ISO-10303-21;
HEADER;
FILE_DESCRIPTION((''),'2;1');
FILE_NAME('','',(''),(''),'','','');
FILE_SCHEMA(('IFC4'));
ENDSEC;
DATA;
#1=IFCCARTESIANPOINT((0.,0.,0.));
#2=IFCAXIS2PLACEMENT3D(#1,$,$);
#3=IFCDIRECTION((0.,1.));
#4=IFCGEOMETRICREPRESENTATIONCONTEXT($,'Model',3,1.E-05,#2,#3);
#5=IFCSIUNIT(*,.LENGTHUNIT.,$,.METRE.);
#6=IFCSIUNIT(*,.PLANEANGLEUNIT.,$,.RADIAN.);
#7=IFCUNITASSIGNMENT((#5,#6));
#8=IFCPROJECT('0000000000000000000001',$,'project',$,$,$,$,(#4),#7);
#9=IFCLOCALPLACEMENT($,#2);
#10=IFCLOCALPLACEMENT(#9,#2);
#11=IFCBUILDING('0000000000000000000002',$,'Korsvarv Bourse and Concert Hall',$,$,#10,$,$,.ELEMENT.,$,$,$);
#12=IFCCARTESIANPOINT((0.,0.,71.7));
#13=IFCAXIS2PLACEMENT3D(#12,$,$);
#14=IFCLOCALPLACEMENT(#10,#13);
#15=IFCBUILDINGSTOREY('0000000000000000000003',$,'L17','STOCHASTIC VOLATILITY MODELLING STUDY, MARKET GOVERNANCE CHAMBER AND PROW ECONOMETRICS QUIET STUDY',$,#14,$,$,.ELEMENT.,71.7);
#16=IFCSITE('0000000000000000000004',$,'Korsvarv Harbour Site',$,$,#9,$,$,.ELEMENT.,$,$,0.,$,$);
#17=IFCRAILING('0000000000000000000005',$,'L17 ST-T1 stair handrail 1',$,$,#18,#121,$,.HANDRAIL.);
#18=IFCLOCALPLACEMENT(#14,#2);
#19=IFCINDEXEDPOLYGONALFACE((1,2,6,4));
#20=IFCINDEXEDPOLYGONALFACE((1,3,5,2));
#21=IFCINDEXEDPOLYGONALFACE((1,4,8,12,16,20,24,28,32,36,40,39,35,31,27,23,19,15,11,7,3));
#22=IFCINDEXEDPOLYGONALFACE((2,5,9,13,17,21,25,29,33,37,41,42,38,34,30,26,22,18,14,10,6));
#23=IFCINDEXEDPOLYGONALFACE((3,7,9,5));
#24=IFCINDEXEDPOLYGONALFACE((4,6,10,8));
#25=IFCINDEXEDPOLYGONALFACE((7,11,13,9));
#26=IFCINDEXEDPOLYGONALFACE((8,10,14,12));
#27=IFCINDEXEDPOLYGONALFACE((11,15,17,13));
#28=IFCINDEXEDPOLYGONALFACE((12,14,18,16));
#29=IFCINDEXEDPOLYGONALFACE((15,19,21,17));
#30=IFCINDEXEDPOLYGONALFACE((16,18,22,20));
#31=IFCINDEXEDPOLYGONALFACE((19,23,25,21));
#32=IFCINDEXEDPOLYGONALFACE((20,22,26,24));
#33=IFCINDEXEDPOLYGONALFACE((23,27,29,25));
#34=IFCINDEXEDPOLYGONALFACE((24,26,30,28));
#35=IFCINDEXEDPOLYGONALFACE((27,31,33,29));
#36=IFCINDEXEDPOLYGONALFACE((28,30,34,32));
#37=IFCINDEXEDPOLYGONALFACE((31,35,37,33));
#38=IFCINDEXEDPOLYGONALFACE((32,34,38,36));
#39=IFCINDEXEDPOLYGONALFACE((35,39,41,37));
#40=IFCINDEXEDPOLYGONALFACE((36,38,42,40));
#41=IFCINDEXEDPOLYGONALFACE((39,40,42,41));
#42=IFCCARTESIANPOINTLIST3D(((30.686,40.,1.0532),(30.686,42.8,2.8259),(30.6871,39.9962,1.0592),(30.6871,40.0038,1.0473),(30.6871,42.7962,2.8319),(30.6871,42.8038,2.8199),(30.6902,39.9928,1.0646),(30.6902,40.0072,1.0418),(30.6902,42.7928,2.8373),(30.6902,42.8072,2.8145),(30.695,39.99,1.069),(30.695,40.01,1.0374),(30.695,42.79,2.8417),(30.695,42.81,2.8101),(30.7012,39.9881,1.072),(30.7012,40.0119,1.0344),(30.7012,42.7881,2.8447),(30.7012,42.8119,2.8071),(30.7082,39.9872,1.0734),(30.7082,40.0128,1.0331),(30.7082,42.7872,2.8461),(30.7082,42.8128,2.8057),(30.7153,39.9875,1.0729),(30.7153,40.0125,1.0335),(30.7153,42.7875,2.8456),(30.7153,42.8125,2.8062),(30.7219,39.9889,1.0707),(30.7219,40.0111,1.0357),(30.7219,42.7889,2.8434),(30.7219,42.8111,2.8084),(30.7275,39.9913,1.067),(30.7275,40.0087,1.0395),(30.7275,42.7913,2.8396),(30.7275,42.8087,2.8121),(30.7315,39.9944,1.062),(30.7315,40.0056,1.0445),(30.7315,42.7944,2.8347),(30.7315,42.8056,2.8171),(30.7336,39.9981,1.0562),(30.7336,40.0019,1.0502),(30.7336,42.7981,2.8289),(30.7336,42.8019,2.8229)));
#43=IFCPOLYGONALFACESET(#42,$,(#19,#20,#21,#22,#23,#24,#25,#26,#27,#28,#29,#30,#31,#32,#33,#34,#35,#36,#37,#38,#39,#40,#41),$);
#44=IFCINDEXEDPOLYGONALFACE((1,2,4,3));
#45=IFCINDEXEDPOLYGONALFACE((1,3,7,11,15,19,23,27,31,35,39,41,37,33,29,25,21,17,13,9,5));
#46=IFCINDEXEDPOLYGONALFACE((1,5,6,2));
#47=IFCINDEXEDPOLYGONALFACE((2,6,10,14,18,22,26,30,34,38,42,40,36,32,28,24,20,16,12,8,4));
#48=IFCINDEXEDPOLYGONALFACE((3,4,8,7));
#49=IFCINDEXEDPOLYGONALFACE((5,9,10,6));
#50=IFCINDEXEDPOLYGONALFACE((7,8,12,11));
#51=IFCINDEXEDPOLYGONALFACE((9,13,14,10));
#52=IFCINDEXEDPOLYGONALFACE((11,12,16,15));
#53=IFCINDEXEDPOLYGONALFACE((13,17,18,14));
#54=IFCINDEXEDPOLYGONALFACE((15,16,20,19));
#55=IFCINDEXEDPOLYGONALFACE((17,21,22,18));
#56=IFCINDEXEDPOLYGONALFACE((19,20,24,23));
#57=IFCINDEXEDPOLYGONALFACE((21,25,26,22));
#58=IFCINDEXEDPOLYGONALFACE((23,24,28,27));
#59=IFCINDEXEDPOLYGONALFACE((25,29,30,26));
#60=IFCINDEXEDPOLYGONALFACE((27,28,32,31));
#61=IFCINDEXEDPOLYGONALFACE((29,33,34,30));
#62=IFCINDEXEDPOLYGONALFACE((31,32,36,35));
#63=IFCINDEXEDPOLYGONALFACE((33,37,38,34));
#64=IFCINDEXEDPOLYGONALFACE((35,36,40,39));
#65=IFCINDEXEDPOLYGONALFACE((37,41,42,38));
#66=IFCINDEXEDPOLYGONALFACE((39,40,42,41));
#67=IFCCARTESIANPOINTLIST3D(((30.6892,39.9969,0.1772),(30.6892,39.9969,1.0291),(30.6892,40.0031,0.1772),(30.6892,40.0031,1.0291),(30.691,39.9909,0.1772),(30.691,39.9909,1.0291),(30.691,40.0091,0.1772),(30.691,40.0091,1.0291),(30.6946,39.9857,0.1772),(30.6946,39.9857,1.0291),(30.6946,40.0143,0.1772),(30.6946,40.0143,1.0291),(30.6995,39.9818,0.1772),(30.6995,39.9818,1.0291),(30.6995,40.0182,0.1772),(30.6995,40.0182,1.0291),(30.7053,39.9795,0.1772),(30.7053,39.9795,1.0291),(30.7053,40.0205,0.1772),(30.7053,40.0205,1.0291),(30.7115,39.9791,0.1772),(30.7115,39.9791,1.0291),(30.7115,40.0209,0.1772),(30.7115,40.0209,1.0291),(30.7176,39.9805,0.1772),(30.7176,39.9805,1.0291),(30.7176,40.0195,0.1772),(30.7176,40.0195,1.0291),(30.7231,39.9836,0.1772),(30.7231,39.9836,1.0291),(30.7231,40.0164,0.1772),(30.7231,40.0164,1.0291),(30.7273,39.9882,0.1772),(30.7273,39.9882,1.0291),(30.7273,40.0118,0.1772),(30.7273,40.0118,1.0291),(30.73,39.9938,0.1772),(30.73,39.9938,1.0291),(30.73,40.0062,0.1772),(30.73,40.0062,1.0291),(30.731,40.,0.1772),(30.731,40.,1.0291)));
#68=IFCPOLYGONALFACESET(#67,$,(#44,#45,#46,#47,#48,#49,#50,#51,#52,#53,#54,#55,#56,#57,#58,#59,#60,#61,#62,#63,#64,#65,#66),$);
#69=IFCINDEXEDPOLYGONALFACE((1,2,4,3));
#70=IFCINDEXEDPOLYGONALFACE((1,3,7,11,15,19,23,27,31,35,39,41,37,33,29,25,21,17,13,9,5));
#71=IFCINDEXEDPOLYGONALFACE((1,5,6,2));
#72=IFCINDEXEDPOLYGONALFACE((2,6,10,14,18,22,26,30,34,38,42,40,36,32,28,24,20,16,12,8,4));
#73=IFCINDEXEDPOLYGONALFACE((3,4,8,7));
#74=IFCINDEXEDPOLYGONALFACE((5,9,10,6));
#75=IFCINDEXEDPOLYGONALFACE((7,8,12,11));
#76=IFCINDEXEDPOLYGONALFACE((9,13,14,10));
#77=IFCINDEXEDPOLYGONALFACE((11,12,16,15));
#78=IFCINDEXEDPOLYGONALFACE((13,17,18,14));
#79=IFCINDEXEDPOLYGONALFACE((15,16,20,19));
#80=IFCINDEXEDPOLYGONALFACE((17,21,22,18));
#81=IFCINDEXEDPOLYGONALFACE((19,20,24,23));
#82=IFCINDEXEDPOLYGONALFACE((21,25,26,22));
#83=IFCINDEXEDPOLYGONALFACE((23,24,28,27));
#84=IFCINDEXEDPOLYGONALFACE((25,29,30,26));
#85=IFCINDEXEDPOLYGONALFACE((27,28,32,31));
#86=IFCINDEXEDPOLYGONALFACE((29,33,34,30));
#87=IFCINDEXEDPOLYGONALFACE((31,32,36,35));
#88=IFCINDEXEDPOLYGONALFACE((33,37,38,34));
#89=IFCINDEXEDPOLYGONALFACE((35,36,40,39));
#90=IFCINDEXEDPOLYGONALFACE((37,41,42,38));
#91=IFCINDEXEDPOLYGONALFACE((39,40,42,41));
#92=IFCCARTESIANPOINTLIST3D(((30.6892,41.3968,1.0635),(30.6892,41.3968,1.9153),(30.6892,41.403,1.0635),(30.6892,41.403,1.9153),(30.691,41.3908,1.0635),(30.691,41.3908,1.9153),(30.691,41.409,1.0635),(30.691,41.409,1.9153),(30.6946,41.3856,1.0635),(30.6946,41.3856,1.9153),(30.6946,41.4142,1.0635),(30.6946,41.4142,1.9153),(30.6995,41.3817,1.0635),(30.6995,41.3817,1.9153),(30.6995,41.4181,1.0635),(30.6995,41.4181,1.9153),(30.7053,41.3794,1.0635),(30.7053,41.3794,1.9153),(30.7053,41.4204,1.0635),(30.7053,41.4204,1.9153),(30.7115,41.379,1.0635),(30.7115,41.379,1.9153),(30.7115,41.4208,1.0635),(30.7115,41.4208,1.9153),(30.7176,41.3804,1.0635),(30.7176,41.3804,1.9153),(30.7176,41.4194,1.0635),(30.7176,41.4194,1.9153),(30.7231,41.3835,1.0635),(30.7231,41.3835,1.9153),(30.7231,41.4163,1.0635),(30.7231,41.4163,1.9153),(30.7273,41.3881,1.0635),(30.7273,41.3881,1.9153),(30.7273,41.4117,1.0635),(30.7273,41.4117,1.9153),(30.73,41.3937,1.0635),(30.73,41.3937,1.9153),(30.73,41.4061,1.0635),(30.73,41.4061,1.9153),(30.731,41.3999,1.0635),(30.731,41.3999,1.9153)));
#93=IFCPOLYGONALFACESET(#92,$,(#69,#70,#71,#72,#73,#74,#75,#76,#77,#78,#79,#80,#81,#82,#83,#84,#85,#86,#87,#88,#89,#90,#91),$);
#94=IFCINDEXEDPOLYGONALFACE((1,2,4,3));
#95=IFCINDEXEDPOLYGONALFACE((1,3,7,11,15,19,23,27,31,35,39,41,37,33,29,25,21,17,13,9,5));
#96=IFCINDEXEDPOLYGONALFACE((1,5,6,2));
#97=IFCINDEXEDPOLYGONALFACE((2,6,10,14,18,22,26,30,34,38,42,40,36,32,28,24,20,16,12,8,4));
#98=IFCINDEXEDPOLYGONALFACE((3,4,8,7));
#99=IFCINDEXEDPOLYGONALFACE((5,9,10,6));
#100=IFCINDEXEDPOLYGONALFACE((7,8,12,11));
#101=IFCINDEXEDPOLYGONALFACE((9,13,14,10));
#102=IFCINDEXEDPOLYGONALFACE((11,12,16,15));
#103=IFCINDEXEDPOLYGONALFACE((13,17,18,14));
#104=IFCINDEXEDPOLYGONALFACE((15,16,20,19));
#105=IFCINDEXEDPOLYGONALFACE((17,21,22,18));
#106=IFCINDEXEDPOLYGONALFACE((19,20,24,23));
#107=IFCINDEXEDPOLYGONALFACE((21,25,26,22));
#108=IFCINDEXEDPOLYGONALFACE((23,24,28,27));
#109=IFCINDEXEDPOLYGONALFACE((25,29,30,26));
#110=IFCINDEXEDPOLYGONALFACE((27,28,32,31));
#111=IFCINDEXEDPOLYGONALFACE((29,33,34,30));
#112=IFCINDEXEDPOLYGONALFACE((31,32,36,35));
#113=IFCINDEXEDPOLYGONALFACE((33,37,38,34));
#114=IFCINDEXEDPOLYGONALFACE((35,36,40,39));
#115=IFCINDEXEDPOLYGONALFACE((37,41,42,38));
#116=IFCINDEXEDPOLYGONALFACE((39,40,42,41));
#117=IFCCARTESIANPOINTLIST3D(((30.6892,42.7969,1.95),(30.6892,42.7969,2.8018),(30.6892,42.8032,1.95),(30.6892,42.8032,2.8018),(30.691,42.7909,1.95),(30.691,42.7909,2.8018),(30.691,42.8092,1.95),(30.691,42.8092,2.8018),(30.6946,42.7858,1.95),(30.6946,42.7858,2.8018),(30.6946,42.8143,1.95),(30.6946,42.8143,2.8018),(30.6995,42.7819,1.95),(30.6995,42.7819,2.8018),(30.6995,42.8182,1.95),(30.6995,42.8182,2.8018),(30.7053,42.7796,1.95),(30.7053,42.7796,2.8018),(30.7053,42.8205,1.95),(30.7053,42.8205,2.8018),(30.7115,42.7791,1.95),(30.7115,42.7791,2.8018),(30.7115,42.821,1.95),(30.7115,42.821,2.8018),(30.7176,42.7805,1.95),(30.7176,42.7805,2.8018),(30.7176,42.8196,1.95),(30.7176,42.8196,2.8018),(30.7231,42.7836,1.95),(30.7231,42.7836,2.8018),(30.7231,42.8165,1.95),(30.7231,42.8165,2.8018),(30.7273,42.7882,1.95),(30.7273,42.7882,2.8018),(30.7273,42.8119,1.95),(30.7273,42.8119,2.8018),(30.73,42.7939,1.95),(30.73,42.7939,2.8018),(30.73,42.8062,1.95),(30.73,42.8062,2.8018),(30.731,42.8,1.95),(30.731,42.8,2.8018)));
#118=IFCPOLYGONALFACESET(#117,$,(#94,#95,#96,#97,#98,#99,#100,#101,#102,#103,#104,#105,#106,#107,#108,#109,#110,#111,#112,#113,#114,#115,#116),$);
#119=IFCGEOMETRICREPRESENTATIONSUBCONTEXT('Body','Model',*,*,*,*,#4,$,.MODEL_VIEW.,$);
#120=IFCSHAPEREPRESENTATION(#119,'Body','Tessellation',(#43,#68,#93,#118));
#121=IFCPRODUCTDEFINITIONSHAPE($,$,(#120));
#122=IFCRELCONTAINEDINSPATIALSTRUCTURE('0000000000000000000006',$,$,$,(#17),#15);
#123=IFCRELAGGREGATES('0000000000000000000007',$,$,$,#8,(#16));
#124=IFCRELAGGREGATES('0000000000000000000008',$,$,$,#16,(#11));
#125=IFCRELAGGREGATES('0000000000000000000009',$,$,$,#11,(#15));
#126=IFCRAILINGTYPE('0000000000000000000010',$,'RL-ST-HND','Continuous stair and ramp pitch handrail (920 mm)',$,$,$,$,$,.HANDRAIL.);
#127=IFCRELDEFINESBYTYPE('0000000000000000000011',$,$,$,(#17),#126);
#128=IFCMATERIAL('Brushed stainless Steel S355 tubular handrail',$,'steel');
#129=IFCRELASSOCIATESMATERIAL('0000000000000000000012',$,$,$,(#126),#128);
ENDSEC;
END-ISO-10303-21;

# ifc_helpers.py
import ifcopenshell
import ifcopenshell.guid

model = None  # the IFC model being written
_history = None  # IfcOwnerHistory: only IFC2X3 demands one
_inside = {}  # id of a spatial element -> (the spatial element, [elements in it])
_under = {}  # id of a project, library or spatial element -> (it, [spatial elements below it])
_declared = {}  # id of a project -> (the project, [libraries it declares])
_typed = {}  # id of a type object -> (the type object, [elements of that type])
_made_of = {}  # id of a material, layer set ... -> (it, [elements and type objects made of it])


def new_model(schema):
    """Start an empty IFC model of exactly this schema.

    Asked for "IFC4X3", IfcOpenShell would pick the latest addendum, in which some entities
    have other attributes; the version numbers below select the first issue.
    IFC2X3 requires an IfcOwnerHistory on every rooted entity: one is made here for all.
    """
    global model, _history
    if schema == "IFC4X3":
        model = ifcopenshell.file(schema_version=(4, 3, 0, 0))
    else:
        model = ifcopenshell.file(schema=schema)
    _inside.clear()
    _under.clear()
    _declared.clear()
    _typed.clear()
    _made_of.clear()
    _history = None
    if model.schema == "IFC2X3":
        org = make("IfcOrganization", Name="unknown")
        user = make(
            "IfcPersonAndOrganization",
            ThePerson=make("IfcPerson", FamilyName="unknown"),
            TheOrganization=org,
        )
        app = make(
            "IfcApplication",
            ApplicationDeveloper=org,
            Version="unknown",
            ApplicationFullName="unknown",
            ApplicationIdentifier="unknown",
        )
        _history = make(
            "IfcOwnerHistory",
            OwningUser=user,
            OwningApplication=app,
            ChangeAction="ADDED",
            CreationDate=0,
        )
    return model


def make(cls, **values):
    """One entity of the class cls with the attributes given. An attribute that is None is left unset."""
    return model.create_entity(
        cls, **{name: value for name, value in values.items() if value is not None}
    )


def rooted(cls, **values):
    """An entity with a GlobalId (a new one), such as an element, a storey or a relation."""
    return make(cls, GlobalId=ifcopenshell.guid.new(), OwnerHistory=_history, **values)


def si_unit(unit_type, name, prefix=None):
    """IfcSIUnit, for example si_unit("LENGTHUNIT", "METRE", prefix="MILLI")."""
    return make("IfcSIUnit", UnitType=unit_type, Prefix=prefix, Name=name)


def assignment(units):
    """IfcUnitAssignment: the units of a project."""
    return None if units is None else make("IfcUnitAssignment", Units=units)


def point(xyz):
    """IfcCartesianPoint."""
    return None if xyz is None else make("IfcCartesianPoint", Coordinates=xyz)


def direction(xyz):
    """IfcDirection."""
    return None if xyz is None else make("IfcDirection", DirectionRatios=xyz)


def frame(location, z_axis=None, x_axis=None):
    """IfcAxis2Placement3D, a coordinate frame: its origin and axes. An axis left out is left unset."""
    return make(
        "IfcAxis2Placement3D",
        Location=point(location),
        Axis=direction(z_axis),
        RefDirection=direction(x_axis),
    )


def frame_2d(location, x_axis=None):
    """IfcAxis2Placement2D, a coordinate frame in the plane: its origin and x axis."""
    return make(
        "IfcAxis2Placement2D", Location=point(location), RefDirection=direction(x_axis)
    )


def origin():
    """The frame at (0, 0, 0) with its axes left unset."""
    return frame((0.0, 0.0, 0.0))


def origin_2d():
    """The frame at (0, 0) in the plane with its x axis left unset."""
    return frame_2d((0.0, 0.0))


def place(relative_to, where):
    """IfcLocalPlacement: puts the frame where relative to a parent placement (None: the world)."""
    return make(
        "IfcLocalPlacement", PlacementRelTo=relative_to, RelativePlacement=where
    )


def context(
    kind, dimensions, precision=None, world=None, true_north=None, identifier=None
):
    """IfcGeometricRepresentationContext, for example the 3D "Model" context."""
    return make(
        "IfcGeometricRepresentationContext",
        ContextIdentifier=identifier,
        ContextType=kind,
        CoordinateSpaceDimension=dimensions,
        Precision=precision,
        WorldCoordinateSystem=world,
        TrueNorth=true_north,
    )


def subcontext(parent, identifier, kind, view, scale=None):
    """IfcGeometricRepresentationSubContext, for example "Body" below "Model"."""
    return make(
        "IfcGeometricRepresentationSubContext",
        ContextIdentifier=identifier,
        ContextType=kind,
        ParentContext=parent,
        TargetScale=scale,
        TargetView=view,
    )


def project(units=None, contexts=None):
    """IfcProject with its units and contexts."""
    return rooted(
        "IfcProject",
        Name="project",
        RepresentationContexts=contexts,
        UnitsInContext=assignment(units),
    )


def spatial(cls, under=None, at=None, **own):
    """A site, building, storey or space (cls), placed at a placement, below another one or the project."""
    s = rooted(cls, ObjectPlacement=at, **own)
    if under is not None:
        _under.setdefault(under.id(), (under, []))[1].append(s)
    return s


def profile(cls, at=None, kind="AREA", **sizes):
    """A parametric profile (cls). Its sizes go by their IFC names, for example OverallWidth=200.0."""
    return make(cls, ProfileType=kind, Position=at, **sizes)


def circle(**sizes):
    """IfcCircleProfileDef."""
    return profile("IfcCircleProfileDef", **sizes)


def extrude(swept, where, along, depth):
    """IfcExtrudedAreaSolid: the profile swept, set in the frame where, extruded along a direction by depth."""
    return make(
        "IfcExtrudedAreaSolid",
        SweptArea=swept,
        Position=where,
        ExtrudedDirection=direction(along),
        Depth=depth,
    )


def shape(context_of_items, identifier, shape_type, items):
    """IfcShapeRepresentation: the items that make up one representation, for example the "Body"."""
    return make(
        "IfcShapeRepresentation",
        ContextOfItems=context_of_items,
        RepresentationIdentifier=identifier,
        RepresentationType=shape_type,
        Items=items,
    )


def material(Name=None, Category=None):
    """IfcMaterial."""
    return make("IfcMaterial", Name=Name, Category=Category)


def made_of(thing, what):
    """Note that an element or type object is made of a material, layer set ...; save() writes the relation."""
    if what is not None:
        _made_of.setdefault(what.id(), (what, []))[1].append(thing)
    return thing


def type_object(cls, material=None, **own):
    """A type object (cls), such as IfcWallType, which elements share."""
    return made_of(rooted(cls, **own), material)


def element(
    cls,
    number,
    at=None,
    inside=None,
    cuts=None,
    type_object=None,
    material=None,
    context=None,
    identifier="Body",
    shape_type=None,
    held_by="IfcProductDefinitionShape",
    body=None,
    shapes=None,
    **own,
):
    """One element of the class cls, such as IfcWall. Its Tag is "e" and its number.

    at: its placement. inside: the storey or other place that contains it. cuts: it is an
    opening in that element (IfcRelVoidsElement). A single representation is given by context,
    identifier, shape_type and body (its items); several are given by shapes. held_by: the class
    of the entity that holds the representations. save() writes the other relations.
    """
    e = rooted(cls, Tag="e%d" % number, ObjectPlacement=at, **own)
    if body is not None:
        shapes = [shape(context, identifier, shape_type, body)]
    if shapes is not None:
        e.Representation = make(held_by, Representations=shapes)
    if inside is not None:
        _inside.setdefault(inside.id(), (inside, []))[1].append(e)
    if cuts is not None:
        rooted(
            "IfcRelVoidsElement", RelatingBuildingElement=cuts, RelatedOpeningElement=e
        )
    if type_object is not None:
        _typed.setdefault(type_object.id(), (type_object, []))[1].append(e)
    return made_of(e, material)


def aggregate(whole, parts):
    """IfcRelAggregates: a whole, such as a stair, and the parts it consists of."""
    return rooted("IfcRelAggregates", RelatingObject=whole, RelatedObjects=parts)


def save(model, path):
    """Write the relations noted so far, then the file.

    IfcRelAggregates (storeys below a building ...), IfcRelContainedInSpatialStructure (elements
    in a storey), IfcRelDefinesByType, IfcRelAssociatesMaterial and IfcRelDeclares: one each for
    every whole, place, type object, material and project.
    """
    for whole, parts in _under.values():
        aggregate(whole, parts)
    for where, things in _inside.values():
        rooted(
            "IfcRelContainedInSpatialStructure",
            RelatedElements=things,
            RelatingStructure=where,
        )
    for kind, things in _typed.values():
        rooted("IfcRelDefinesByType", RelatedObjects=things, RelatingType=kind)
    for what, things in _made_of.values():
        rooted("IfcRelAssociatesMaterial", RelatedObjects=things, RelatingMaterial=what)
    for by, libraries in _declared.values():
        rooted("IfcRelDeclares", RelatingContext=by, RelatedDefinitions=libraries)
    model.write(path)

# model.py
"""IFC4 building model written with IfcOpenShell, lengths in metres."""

from ifc_helpers import new_model, si_unit, direction, frame, origin, origin_2d, place, context, subcontext, project, spatial, circle, extrude, material, type_object, element, save


model = new_model("IFC4")

# Units and contexts
model_context = context("Model", 3, precision=1e-05, world=origin(), true_north=direction((0.0, 1.0)))
body_context = subcontext(model_context, "Body", "Model", "MODEL_VIEW")
ifc_project = project(units=[si_unit("LENGTHUNIT", "METRE"), si_unit("PLANEANGLEUNIT", "RADIAN")], contexts=[model_context])

# Site, building, storey
site_placement = place(None, origin())
site = spatial("IfcSite", under=ifc_project, at=site_placement, Name="Korsvarv Harbour Site", CompositionType="ELEMENT", RefElevation=0.0)
building_placement = place(site_placement, origin())
building = spatial("IfcBuilding", under=site, at=building_placement, Name="Korsvarv Bourse and Concert Hall", CompositionType="ELEMENT")
storey_placement = place(building_placement, frame((0.0, 0.0, 71.7)))
storey = spatial("IfcBuildingStorey", under=building, at=storey_placement, Name="L17", Description="STOCHASTIC VOLATILITY MODELLING STUDY, MARKET GOVERNANCE CHAMBER AND PROW ECONOMETRICS QUIET STUDY", CompositionType="ELEMENT", Elevation=71.7)

# Railing
ifc_material_1 = material(Name="Brushed stainless Steel S355 tubular handrail", Category="steel")
railing_type_1 = type_object("IfcRailingType", Name="RL-ST-HND", Description="Continuous stair and ramp pitch handrail (920 mm)", PredefinedType="HANDRAIL", material=ifc_material_1)
railing_1_placement = place(storey_placement, frame((30.71, 40.0, 0.1772)))
element("IfcRailing", 1, at=railing_1_placement, inside=storey, type_object=railing_type_1, Name="L17 ST-T1 stair handrail 1", PredefinedType="HANDRAIL", context=body_context, shape_type="SweptSolid", body=[
    extrude(circle(Radius=0.0239, at=origin_2d()), frame((0.0, 0.0, 0.876), z_axis=(0.0, 0.844909, 0.53491), x_axis=(-1.0, 0.0, 0.0)), (0.0, 0.0, 1.0), 3.314),
    extrude(circle(Radius=0.021, at=origin_2d()), origin(), (0.0, 0.0, 1.0), 0.8518),
    extrude(circle(Radius=0.021, at=origin_2d()), frame((0.0, 1.3999, 0.8862)), (0.0, 0.0, 1.0), 0.8518),
    extrude(circle(Radius=0.021, at=origin_2d()), frame((0.0, 2.8, 1.7727)), (0.0, 0.0, 1.0), 0.8518),
])

save(model, "model.ifc")
